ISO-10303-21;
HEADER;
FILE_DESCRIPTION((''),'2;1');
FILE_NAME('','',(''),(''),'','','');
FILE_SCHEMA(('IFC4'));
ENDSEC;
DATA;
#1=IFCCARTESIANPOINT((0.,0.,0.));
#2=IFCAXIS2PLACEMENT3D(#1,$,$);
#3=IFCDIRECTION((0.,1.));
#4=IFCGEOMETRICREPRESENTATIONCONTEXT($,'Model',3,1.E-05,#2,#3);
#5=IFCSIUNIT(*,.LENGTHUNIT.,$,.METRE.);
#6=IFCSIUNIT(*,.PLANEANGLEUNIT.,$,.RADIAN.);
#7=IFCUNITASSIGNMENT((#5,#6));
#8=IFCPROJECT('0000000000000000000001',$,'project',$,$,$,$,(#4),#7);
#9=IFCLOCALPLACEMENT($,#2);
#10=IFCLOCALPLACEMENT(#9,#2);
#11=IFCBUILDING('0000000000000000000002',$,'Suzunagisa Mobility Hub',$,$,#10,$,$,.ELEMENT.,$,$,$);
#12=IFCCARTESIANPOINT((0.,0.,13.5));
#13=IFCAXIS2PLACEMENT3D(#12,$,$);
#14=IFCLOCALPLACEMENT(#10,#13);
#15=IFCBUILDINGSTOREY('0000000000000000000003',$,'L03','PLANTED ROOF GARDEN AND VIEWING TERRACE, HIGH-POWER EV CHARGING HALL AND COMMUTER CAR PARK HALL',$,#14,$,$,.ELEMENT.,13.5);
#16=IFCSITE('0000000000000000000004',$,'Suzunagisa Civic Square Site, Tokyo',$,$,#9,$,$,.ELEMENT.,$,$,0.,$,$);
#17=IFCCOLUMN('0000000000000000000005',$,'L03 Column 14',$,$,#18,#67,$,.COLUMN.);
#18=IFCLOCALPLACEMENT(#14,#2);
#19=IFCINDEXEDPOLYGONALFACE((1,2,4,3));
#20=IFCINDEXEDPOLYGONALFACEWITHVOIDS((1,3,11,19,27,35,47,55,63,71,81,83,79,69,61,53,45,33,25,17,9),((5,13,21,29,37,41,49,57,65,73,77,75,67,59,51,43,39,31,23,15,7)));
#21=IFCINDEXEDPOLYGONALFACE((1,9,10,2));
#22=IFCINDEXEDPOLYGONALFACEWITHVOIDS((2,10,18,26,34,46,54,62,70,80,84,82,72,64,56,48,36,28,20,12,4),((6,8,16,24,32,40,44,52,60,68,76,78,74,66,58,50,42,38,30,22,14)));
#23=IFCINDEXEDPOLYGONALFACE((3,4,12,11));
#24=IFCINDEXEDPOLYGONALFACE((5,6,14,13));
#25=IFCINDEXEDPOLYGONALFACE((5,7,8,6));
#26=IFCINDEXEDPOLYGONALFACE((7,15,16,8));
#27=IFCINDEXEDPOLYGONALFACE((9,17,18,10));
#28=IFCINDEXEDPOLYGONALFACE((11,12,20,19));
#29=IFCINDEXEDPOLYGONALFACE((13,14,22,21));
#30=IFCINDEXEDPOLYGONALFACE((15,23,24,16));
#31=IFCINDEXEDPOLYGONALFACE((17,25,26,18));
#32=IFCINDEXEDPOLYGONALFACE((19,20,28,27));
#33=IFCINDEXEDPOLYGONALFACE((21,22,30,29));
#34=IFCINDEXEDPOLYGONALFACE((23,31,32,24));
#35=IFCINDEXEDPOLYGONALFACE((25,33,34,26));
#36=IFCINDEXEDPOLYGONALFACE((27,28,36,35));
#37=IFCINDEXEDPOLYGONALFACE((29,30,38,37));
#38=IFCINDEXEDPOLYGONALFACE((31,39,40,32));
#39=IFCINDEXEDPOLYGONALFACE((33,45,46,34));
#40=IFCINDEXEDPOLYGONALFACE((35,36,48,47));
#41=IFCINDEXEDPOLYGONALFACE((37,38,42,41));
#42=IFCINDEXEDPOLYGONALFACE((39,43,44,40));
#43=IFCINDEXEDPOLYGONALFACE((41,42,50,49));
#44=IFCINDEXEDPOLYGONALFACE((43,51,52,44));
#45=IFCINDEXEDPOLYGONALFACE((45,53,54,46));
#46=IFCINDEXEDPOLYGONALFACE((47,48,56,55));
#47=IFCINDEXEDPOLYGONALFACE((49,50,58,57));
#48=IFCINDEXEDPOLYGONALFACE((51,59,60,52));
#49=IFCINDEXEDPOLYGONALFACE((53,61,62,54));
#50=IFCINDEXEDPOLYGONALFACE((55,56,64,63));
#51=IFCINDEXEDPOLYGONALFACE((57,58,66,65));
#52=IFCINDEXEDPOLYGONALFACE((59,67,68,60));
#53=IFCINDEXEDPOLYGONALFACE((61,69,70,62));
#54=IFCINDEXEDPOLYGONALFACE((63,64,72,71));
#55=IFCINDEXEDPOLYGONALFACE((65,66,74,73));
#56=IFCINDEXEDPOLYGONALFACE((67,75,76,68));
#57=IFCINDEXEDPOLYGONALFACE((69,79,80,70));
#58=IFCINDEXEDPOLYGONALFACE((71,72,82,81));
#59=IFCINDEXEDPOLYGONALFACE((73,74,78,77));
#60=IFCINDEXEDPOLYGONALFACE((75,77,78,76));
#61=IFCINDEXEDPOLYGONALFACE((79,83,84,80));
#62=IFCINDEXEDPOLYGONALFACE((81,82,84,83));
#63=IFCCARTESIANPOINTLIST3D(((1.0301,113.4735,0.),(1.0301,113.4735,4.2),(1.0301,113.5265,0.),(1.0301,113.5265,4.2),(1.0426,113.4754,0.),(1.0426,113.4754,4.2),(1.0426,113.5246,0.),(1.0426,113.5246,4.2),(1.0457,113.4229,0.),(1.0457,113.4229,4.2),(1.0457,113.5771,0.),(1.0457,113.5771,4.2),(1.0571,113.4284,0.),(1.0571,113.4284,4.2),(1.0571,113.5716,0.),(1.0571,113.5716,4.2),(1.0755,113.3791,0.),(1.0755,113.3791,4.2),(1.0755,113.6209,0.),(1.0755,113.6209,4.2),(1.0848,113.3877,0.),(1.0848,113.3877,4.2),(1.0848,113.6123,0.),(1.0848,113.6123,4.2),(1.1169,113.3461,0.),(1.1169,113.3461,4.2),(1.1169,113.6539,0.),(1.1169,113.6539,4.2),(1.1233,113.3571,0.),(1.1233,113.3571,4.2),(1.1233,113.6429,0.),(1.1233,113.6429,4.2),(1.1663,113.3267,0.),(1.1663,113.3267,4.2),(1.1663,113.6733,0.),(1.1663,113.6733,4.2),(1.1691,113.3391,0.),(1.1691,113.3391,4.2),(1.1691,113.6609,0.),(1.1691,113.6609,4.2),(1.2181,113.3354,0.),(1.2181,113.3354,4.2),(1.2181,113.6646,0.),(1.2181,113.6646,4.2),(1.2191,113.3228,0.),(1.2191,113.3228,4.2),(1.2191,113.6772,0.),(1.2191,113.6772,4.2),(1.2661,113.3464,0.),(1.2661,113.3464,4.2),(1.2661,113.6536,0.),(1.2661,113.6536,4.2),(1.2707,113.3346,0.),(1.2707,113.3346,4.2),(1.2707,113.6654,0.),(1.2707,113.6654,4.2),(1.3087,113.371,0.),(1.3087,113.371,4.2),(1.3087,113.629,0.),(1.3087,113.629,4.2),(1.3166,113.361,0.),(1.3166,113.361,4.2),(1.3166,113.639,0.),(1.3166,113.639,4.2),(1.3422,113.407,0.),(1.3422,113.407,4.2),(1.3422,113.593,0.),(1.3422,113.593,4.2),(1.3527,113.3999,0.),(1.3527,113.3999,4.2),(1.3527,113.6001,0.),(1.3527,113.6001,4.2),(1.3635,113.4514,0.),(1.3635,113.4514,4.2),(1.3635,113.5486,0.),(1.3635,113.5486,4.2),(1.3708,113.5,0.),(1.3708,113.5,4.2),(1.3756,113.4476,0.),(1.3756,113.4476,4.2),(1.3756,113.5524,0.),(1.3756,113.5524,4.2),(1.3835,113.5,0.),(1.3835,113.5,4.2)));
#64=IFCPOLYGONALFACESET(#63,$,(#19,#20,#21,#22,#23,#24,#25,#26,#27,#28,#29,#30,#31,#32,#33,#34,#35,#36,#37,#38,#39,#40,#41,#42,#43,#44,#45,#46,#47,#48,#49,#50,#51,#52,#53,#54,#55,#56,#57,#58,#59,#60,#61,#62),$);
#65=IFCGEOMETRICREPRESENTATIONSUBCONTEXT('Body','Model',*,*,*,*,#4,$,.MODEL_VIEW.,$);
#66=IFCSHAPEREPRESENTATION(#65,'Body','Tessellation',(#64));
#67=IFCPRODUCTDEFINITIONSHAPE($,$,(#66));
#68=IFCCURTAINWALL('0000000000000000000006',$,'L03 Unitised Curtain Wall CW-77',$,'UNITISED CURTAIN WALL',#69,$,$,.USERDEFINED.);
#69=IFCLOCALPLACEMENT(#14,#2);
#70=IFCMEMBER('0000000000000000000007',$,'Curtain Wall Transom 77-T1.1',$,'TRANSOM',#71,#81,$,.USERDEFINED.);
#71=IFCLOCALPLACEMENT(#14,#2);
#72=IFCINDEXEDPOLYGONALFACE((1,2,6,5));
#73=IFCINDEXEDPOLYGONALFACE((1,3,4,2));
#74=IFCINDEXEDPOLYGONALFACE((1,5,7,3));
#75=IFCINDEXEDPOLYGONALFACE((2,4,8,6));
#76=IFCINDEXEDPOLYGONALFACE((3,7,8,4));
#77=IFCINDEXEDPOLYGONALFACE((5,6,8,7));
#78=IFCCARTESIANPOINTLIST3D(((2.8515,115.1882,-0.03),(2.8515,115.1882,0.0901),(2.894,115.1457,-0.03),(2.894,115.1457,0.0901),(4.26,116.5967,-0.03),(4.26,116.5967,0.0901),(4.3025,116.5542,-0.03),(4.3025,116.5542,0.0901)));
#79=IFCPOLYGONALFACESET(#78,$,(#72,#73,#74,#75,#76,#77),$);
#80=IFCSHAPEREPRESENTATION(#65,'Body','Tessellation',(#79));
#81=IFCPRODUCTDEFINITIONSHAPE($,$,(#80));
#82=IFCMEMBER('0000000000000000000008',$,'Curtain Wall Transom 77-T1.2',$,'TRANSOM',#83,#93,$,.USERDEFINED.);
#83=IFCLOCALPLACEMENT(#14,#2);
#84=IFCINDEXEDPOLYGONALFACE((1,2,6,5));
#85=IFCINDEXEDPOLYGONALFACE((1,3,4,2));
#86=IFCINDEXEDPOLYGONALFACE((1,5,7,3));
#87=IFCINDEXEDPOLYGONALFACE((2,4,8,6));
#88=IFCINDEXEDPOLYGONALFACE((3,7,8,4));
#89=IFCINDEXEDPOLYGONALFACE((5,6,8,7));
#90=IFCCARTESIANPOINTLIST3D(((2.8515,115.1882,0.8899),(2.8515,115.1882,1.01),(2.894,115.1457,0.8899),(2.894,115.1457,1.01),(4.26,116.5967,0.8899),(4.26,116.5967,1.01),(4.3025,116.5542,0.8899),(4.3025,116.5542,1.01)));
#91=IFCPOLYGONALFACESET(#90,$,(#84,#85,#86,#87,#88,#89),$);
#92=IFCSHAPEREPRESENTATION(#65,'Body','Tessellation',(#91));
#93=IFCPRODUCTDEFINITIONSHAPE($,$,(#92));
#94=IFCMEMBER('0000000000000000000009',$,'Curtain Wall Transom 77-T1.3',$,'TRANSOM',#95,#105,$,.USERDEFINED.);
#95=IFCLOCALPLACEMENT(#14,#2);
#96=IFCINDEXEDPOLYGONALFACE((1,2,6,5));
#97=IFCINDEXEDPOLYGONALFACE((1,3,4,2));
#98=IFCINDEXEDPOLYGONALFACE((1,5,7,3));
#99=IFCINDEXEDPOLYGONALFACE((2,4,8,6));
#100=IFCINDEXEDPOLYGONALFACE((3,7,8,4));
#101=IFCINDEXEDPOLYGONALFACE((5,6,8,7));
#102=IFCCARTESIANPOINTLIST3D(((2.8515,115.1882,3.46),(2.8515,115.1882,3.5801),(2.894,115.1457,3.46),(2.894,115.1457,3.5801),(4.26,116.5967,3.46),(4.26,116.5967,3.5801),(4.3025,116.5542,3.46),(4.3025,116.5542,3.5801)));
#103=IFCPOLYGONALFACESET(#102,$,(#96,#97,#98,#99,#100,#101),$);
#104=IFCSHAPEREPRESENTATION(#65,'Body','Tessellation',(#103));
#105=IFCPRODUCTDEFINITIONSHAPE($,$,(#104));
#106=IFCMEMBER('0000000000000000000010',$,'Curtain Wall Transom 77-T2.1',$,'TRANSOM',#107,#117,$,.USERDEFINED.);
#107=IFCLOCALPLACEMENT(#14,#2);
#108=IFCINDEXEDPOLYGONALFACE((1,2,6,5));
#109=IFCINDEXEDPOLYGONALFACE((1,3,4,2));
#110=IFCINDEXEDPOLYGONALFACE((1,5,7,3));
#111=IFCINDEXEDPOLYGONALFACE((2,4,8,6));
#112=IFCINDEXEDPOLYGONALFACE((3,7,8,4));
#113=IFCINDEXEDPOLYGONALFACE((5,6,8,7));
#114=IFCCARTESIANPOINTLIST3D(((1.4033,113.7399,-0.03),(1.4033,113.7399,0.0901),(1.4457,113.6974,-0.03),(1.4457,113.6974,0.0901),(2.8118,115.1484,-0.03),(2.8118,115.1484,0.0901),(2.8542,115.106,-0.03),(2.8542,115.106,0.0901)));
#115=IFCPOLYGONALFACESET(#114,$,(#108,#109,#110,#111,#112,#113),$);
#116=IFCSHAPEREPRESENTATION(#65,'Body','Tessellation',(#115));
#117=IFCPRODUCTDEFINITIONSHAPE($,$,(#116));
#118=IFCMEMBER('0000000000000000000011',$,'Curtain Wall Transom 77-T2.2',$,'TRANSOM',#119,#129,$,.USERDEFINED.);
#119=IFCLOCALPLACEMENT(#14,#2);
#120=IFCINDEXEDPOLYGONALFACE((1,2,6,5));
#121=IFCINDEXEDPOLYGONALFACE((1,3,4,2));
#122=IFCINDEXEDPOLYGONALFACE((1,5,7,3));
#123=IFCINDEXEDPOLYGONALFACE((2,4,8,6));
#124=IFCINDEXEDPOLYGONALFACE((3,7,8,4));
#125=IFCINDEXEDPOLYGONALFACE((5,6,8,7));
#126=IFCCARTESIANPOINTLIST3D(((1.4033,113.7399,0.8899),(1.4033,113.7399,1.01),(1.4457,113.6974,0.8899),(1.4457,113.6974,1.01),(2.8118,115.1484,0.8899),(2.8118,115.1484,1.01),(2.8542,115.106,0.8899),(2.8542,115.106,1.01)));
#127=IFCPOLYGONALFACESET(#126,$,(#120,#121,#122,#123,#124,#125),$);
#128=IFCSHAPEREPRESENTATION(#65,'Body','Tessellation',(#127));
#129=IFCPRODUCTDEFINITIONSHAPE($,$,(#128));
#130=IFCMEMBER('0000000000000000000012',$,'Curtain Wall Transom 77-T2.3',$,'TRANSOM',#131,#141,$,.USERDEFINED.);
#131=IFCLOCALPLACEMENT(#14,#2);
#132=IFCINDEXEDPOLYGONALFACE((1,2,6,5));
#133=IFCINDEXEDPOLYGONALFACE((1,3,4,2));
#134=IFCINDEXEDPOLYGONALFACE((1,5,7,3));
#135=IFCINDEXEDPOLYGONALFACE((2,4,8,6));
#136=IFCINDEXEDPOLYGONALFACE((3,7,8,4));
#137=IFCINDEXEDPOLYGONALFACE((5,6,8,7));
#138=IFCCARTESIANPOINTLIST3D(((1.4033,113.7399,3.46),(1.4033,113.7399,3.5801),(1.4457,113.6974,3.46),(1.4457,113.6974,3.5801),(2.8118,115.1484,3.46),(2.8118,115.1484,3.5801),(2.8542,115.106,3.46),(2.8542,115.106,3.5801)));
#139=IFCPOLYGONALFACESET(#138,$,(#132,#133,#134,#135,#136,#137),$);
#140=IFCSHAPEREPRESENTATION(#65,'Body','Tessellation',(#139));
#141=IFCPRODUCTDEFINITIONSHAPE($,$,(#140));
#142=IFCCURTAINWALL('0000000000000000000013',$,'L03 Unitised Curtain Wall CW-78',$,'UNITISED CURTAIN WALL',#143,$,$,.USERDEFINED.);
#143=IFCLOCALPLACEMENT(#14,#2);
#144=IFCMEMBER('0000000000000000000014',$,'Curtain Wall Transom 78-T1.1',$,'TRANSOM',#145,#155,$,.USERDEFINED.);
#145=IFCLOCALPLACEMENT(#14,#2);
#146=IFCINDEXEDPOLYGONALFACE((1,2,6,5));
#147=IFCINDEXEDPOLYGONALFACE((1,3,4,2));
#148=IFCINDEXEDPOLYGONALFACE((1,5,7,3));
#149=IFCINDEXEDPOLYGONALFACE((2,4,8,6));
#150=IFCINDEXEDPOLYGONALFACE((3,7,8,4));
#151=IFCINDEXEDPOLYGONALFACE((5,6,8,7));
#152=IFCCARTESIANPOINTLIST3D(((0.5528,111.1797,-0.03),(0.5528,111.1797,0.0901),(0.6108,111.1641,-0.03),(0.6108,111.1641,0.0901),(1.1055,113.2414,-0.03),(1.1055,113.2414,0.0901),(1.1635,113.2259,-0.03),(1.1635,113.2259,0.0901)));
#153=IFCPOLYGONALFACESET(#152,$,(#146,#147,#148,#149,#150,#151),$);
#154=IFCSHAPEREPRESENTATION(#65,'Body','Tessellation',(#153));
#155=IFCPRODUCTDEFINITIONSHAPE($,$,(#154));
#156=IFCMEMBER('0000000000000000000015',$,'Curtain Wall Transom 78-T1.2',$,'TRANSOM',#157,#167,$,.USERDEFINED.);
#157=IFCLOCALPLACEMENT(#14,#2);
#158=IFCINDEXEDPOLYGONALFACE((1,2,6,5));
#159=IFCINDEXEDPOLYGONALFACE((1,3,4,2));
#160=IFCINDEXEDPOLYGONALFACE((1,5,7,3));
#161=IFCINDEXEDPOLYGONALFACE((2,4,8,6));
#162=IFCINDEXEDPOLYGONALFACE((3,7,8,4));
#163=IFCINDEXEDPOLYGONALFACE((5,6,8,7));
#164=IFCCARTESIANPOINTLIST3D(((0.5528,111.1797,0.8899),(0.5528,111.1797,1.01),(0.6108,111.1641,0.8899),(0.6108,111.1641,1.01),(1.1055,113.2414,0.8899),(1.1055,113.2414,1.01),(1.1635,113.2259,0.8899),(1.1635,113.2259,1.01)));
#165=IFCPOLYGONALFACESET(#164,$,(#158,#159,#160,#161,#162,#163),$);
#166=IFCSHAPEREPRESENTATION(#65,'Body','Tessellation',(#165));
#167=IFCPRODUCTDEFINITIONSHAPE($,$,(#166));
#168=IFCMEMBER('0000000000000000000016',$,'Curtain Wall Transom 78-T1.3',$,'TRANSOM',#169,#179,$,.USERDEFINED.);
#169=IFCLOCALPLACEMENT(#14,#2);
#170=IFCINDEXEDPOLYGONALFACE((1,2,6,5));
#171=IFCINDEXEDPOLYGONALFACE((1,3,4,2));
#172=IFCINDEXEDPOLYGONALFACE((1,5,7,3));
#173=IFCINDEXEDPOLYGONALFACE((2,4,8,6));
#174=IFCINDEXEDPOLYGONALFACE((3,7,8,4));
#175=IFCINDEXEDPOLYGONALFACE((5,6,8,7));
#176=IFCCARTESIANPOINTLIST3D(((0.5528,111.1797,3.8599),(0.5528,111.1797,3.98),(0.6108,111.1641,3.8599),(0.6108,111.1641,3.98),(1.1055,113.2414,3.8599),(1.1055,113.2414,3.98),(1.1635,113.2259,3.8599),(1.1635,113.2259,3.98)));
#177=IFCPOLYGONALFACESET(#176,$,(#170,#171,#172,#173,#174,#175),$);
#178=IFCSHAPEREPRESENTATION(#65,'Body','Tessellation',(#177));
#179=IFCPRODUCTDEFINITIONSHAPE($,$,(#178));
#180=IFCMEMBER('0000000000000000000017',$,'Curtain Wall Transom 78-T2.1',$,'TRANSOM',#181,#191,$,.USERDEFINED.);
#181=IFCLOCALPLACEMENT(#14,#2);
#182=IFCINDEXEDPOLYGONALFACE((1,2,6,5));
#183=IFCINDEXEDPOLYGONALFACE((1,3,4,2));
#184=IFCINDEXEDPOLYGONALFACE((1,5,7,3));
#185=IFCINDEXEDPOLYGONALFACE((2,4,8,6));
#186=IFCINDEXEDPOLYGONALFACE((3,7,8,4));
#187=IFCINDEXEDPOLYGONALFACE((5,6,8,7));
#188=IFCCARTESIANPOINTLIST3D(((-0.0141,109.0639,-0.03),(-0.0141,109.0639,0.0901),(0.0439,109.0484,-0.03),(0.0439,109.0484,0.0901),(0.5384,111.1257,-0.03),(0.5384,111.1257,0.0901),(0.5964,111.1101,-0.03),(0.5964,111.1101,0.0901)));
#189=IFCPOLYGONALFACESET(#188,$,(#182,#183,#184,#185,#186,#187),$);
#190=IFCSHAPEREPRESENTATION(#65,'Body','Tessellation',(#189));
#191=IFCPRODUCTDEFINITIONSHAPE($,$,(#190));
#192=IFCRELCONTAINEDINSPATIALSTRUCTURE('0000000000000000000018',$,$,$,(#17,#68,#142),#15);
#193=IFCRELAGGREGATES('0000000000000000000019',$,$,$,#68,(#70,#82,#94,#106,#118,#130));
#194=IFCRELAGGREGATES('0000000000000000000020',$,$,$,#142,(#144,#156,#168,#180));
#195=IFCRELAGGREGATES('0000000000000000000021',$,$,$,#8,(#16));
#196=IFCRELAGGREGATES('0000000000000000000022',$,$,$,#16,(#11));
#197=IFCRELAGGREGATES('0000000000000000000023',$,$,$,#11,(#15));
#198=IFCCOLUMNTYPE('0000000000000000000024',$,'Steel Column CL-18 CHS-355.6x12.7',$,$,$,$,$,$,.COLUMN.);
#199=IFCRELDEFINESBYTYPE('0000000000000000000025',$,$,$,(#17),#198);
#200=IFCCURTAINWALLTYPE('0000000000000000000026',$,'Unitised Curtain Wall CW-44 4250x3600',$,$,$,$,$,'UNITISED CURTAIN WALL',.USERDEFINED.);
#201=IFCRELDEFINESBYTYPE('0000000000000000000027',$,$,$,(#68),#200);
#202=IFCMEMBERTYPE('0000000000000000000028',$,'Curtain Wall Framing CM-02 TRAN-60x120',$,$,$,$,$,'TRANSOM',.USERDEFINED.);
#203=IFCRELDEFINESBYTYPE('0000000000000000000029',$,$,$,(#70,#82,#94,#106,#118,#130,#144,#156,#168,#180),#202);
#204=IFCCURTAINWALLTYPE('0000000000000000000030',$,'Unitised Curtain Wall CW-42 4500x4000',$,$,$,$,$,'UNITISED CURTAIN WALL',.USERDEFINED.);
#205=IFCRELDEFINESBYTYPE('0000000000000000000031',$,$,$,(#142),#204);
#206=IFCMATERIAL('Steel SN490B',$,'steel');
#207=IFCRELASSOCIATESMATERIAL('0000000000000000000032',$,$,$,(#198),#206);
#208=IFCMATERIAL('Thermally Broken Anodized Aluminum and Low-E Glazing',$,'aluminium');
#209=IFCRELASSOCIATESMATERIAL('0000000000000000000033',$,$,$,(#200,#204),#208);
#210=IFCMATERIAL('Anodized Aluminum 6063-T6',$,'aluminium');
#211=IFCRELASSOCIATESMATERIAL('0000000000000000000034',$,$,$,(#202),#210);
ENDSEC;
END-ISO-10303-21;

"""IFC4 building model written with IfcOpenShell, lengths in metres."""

from ifc_helpers import new_model, si_unit, direction, frame, origin, origin_2d, place, context, subcontext, project, spatial, rectangle, hollow_circle, extrude, material, material_profile, profile_set, type_object, element, aggregate, save


model = new_model("IFC4")

# Units and contexts
model_context = context("Model", 3, precision=1e-05, world=origin(), true_north=direction((0.0, 1.0)))
body_context = subcontext(model_context, "Body", "Model", "MODEL_VIEW")
ifc_project = project(units=[si_unit("LENGTHUNIT", "METRE"), si_unit("PLANEANGLEUNIT", "RADIAN")], contexts=[model_context])

# Site, building, storey
site_placement = place(None, origin())
site = spatial("IfcSite", under=ifc_project, at=site_placement, Name="Suzunagisa Civic Square Site, Tokyo", CompositionType="ELEMENT", RefElevation=0.0)
building_placement = place(site_placement, origin())
building = spatial("IfcBuilding", under=site, at=building_placement, Name="Suzunagisa Mobility Hub", CompositionType="ELEMENT")
storey_placement = place(building_placement, frame((0.0, 0.0, 13.5)))
storey = spatial("IfcBuildingStorey", under=building, at=storey_placement, Name="L03", Description="PLANTED ROOF GARDEN AND VIEWING TERRACE, HIGH-POWER EV CHARGING HALL AND COMMUTER CAR PARK HALL", CompositionType="ELEMENT", Elevation=13.5)

# Column
ifc_material_1 = material(Name="Steel SN490B", Category="steel")
ifc_material_profile_1 = material_profile(ifc_material_1, hollow_circle(Radius=0.1777, WallThickness=0.0127, at=origin_2d()), Name="CHS-355.6x12.7")
ifc_profile_set_1 = profile_set([ifc_material_profile_1], Name="Steel SN490B")
column_type = type_object("IfcColumnType", Name="Steel Column CL-18 CHS-355.6x12.7", PredefinedType="COLUMN", material=ifc_profile_set_1)
column_placement = place(storey_placement, frame((1.2058, 113.5, 0.0), z_axis=(0.0, 0.0, 1.0), x_axis=(1.0, 0.0, 0.0)))
element("IfcColumn", 1, at=column_placement, inside=storey, type_object=column_type, Name="L03 Column 14", PredefinedType="COLUMN", context=body_context, shape_type="SweptSolid", body=[
    extrude(hollow_circle(Radius=0.1777, WallThickness=0.0127, at=origin_2d()), origin(), (0.0, 0.0, 1.0), 4.2),
])

# Curtain walls, members
ifc_material_2 = material(Name="Thermally Broken Anodized Aluminum and Low-E Glazing", Category="aluminium")
curtain_wall_type_1 = type_object("IfcCurtainWallType", Name="Unitised Curtain Wall CW-44 4250x3600", ElementType="UNITISED CURTAIN WALL", PredefinedType="USERDEFINED", material=ifc_material_2)
curtain_wall_1_placement = place(storey_placement, origin())
curtain_wall_1 = element("IfcCurtainWall", 2, at=curtain_wall_1_placement, inside=storey, type_object=curtain_wall_type_1, Name="L03 Unitised Curtain Wall CW-77", ObjectType="UNITISED CURTAIN WALL", PredefinedType="USERDEFINED")
ifc_material_3 = material(Name="Anodized Aluminum 6063-T6", Category="aluminium")
ifc_material_profile_2 = material_profile(ifc_material_3, rectangle(XDim=0.0601, YDim=0.1201, at=origin_2d()), Name="TRAN-60x120")
ifc_profile_set_2 = profile_set([ifc_material_profile_2], Name="Anodized Aluminum 6063-T6")
member_type_1 = type_object("IfcMemberType", Name="Curtain Wall Framing CM-02 TRAN-60x120", ElementType="TRANSOM", PredefinedType="USERDEFINED", material=ifc_profile_set_2)
member_1_placement = place(storey_placement, frame((4.2812, 116.5754, 0.03), z_axis=(-0.707107, -0.707107, 0.0), x_axis=(0.707107, -0.707107, 0.0)))
member_1 = element("IfcMember", 3, at=member_1_placement, type_object=member_type_1, Name="Curtain Wall Transom 77-T1.1", ObjectType="TRANSOM", PredefinedType="USERDEFINED", context=body_context, shape_type="SweptSolid", body=[
    extrude(rectangle(XDim=0.0601, YDim=0.1201, at=origin_2d()), origin(), (0.0, 0.0, 1.0), 1.9919),
])
member_2_placement = place(storey_placement, frame((4.2812, 116.5754, 0.95), z_axis=(-0.707107, -0.707107, 0.0), x_axis=(0.707107, -0.707107, 0.0)))
member_2 = element("IfcMember", 4, at=member_2_placement, type_object=member_type_1, Name="Curtain Wall Transom 77-T1.2", ObjectType="TRANSOM", PredefinedType="USERDEFINED", context=body_context, shape_type="SweptSolid", body=[
    extrude(rectangle(XDim=0.0601, YDim=0.1201, at=origin_2d()), origin(), (0.0, 0.0, 1.0), 1.9919),
])
member_3_placement = place(storey_placement, frame((4.2812, 116.5754, 3.52), z_axis=(-0.707107, -0.707107, 0.0), x_axis=(0.707107, -0.707107, 0.0)))
member_3 = element("IfcMember", 5, at=member_3_placement, type_object=member_type_1, Name="Curtain Wall Transom 77-T1.3", ObjectType="TRANSOM", PredefinedType="USERDEFINED", context=body_context, shape_type="SweptSolid", body=[
    extrude(rectangle(XDim=0.0601, YDim=0.1201, at=origin_2d()), origin(), (0.0, 0.0, 1.0), 1.9919),
])
member_4_placement = place(storey_placement, frame((2.833, 115.1272, 0.03), z_axis=(-0.707107, -0.707107, 0.0), x_axis=(0.707107, -0.707107, 0.0)))
member_4 = element("IfcMember", 6, at=member_4_placement, type_object=member_type_1, Name="Curtain Wall Transom 77-T2.1", ObjectType="TRANSOM", PredefinedType="USERDEFINED", context=body_context, shape_type="SweptSolid", body=[
    extrude(rectangle(XDim=0.0601, YDim=0.1201, at=origin_2d()), origin(), (0.0, 0.0, 1.0), 1.9919),
])
member_5_placement = place(storey_placement, frame((2.833, 115.1272, 0.95), z_axis=(-0.707107, -0.707107, 0.0), x_axis=(0.707107, -0.707107, 0.0)))
member_5 = element("IfcMember", 7, at=member_5_placement, type_object=member_type_1, Name="Curtain Wall Transom 77-T2.2", ObjectType="TRANSOM", PredefinedType="USERDEFINED", context=body_context, shape_type="SweptSolid", body=[
    extrude(rectangle(XDim=0.0601, YDim=0.1201, at=origin_2d()), origin(), (0.0, 0.0, 1.0), 1.9919),
])
member_6_placement = place(storey_placement, frame((2.833, 115.1272, 3.52), z_axis=(-0.707107, -0.707107, 0.0), x_axis=(0.707107, -0.707107, 0.0)))
member_6 = element("IfcMember", 8, at=member_6_placement, type_object=member_type_1, Name="Curtain Wall Transom 77-T2.3", ObjectType="TRANSOM", PredefinedType="USERDEFINED", context=body_context, shape_type="SweptSolid", body=[
    extrude(rectangle(XDim=0.0601, YDim=0.1201, at=origin_2d()), origin(), (0.0, 0.0, 1.0), 1.9919),
])
curtain_wall_type_2 = type_object("IfcCurtainWallType", Name="Unitised Curtain Wall CW-42 4500x4000", ElementType="UNITISED CURTAIN WALL", PredefinedType="USERDEFINED", material=ifc_material_2)
curtain_wall_2_placement = place(storey_placement, origin())
curtain_wall_2 = element("IfcCurtainWall", 9, at=curtain_wall_2_placement, inside=storey, type_object=curtain_wall_type_2, Name="L03 Unitised Curtain Wall CW-78", ObjectType="UNITISED CURTAIN WALL", PredefinedType="USERDEFINED")
member_7_placement = place(storey_placement, frame((1.1345, 113.2336, 0.03), z_axis=(-0.258944, -0.965892, 0.0), x_axis=(0.965892, -0.258944, 0.0)))
member_7 = element("IfcMember", 10, at=member_7_placement, type_object=member_type_1, Name="Curtain Wall Transom 78-T1.1", ObjectType="TRANSOM", PredefinedType="USERDEFINED", context=body_context, shape_type="SweptSolid", body=[
    extrude(rectangle(XDim=0.0601, YDim=0.1201, at=origin_2d()), origin(), (0.0, 0.0, 1.0), 2.1345),
])
member_8_placement = place(storey_placement, frame((1.1345, 113.2336, 0.95), z_axis=(-0.258944, -0.965892, 0.0), x_axis=(0.965892, -0.258944, 0.0)))
member_8 = element("IfcMember", 11, at=member_8_placement, type_object=member_type_1, Name="Curtain Wall Transom 78-T1.2", ObjectType="TRANSOM", PredefinedType="USERDEFINED", context=body_context, shape_type="SweptSolid", body=[
    extrude(rectangle(XDim=0.0601, YDim=0.1201, at=origin_2d()), origin(), (0.0, 0.0, 1.0), 2.1345),
])
member_9_placement = place(storey_placement, frame((1.1345, 113.2336, 3.9199), z_axis=(-0.258944, -0.965892, 0.0), x_axis=(0.965892, -0.258944, 0.0)))
member_9 = element("IfcMember", 12, at=member_9_placement, type_object=member_type_1, Name="Curtain Wall Transom 78-T1.3", ObjectType="TRANSOM", PredefinedType="USERDEFINED", context=body_context, shape_type="SweptSolid", body=[
    extrude(rectangle(XDim=0.0601, YDim=0.1201, at=origin_2d()), origin(), (0.0, 0.0, 1.0), 2.1345),
])
member_10_placement = place(storey_placement, frame((0.5674, 111.1179, 0.03), z_axis=(-0.258837, -0.965921, 0.0), x_axis=(0.965921, -0.258837, 0.0)))
member_10 = element("IfcMember", 13, at=member_10_placement, type_object=member_type_1, Name="Curtain Wall Transom 78-T2.1", ObjectType="TRANSOM", PredefinedType="USERDEFINED", context=body_context, shape_type="SweptSolid", body=[
    extrude(rectangle(XDim=0.0601, YDim=0.1201, at=origin_2d()), origin(), (0.0, 0.0, 1.0), 2.1345),
])

aggregate(curtain_wall_1, [member_1, member_2, member_3, member_4, member_5, member_6])
aggregate(curtain_wall_2, [member_7, member_8, member_9, member_10])

save(model, "model.ifc")
